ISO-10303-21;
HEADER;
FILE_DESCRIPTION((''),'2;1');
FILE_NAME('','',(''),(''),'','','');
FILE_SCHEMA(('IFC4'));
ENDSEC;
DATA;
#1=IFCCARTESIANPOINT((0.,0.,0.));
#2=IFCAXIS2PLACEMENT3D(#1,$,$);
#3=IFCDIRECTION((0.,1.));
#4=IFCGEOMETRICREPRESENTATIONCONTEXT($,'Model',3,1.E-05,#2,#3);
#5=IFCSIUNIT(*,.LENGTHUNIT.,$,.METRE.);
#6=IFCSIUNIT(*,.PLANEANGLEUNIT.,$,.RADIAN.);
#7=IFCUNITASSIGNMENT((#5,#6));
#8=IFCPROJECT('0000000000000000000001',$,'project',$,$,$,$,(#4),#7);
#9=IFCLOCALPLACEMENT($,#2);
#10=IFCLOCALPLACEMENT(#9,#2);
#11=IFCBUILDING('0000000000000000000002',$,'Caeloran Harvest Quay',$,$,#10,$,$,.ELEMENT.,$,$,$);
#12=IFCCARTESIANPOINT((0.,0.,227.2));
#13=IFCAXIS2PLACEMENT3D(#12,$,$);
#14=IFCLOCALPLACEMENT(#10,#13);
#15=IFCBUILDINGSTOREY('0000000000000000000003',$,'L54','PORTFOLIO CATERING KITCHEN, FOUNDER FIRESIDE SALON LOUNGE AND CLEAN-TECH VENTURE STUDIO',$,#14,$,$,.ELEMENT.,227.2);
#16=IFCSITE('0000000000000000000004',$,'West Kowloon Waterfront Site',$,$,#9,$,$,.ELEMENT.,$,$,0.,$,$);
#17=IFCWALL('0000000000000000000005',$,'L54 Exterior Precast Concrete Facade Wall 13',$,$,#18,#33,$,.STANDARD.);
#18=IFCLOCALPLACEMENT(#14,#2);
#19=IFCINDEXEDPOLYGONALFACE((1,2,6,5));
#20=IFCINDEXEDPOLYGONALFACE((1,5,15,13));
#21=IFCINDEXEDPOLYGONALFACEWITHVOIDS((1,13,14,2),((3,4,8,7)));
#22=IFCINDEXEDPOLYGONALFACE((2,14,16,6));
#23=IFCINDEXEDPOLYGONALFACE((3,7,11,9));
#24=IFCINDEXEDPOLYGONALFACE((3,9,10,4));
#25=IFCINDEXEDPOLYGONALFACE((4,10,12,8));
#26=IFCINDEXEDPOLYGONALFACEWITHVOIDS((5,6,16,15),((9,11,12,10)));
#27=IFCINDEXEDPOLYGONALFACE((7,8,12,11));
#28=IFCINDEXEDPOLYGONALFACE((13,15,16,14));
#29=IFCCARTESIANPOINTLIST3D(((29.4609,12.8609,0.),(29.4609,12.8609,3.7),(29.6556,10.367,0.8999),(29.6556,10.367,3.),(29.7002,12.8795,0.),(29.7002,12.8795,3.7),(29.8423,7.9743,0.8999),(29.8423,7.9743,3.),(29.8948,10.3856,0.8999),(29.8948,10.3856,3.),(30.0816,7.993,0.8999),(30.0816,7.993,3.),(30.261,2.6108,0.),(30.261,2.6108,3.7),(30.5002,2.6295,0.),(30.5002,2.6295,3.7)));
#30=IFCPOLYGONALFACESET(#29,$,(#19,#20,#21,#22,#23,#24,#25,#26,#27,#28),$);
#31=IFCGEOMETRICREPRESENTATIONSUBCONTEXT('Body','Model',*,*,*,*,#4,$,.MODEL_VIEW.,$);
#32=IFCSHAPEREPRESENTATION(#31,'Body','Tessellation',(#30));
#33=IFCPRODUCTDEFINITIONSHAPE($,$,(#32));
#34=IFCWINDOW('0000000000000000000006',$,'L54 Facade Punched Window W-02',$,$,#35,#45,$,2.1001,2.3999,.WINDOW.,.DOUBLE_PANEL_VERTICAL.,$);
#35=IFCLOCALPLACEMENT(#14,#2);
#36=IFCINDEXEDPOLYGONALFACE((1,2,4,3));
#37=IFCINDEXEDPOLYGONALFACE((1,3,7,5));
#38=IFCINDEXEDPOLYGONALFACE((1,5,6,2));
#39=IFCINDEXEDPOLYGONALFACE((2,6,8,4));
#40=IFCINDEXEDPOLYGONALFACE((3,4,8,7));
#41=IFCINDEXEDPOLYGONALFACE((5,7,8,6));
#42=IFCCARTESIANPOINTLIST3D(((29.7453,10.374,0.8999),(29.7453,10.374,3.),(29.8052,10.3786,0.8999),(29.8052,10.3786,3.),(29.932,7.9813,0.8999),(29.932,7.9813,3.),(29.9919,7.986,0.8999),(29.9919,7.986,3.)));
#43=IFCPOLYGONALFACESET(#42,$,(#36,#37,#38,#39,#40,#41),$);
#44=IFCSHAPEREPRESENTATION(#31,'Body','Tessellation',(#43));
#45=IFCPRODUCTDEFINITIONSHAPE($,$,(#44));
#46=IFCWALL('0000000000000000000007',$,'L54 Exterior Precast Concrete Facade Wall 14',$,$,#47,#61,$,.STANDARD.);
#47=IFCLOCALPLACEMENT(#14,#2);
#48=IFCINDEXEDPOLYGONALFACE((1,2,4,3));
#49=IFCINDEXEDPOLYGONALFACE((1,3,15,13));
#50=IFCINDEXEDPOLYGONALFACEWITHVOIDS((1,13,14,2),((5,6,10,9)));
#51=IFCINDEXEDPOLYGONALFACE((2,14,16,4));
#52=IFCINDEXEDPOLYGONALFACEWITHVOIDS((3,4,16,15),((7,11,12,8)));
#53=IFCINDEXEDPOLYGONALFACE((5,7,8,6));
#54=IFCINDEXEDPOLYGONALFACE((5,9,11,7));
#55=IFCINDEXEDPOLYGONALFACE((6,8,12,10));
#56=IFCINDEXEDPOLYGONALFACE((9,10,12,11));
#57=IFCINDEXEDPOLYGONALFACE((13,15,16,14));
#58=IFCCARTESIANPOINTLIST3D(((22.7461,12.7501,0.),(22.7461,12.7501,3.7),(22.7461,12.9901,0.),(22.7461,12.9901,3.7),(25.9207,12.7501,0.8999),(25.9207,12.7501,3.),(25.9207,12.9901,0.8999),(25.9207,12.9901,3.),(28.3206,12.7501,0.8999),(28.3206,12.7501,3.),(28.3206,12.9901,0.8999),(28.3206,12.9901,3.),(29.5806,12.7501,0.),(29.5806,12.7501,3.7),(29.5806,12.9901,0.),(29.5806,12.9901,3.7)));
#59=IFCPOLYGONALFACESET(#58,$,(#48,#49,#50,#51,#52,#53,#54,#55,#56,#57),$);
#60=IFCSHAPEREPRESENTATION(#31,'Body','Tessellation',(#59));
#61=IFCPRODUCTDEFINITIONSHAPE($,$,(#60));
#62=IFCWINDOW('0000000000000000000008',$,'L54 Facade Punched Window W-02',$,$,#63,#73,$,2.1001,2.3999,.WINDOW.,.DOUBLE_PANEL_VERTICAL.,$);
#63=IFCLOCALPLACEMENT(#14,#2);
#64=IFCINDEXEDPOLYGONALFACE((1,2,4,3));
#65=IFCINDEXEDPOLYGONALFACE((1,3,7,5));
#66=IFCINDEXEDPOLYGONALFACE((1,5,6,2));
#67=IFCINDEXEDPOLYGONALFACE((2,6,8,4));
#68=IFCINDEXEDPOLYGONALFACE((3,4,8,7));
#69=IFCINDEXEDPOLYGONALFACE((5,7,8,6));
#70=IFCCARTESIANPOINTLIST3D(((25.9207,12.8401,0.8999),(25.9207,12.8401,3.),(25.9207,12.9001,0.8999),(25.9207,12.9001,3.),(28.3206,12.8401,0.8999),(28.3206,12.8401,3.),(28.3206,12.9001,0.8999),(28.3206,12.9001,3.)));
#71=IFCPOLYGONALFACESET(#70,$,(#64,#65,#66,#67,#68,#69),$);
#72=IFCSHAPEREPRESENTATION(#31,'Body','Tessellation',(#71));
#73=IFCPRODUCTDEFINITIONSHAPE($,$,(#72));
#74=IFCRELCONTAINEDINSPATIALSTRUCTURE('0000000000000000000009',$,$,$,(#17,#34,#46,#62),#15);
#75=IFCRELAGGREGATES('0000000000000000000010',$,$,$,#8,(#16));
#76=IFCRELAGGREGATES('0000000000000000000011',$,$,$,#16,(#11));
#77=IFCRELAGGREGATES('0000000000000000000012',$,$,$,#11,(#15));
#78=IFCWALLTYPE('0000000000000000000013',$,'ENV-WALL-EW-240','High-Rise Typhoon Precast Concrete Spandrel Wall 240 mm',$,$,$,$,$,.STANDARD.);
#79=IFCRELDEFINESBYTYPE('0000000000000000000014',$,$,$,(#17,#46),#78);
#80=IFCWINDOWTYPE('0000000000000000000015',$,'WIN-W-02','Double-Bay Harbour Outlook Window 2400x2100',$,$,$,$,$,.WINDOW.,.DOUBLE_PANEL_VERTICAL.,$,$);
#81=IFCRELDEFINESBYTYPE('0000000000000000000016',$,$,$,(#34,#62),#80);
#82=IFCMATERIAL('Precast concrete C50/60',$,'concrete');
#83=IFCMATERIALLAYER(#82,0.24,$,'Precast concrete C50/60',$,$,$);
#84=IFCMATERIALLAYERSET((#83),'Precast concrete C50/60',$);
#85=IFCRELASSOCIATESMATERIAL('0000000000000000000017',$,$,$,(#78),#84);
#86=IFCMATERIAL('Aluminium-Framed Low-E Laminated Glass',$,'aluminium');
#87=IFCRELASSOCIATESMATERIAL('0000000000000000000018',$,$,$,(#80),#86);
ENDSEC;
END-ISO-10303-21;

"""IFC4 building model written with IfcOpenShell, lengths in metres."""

from ifc_helpers import new_model, si_unit, direction, frame, frame_2d, origin, place, context, subcontext, project, spatial, rectangle, extrude, material, layer, layer_set, type_object, element, fill, save


model = new_model("IFC4")

# Units and contexts
model_context = context("Model", 3, precision=1e-05, world=origin(), true_north=direction((0.0, 1.0)))
body_context = subcontext(model_context, "Body", "Model", "MODEL_VIEW")
ifc_project = project(units=[si_unit("LENGTHUNIT", "METRE"), si_unit("PLANEANGLEUNIT", "RADIAN")], contexts=[model_context])

# Site, building, storey
site_placement = place(None, origin())
site = spatial("IfcSite", under=ifc_project, at=site_placement, Name="West Kowloon Waterfront Site", CompositionType="ELEMENT", RefElevation=0.0)
building_placement = place(site_placement, origin())
building = spatial("IfcBuilding", under=site, at=building_placement, Name="Caeloran Harvest Quay", CompositionType="ELEMENT")
storey_placement = place(building_placement, frame((0.0, 0.0, 227.2)))
storey = spatial("IfcBuildingStorey", under=building, at=storey_placement, Name="L54", Description="PORTFOLIO CATERING KITCHEN, FOUNDER FIRESIDE SALON LOUNGE AND CLEAN-TECH VENTURE STUDIO", CompositionType="ELEMENT", Elevation=227.2)

# Walls, openings, windows
ifc_material_1 = material(Name="Precast concrete C50/60", Category="concrete")
ifc_layer = layer(ifc_material_1, 0.24, Name="Precast concrete C50/60")
ifc_layer_set = layer_set([ifc_layer], Name="Precast concrete C50/60")
wall_type = type_object("IfcWallType", Name="ENV-WALL-EW-240", Description="High-Rise Typhoon Precast Concrete Spandrel Wall 240 mm", PredefinedType="STANDARD", material=ifc_layer_set)
wall_1_placement = place(storey_placement, frame((30.3806, 2.6201, 0.0), z_axis=(0.0, 0.0, 1.0), x_axis=(-0.077817, 0.996968, 0.0)))
wall_1 = element("IfcWall", 1, at=wall_1_placement, inside=storey, type_object=wall_type, Name="L54 Exterior Precast Concrete Facade Wall 13", PredefinedType="STANDARD", context=body_context, shape_type="SweptSolid", body=[
    extrude(rectangle(XDim=10.2812, YDim=0.24, at=frame_2d((5.1406, 0.0))), origin(), (0.0, 0.0, 1.0), 3.7),
])
opening_1_placement = place(wall_1_placement, frame((5.3799, 0.0, 0.8999)))
opening_1 = element("IfcOpeningElement", 2, at=opening_1_placement, cuts=wall_1, PredefinedType="OPENING", context=body_context, shape_type="SweptSolid", body=[
    extrude(rectangle(XDim=2.3999, YDim=2.1001, at=frame_2d((1.2, 1.05))), frame((0.0, 0.1299, 0.0), z_axis=(0.0, -1.0, 0.0), x_axis=(1.0, 0.0, 0.0)), (0.0, 0.0, 1.0), 0.26),
])
ifc_material_2 = material(Name="Aluminium-Framed Low-E Laminated Glass", Category="aluminium")
window_type = type_object("IfcWindowType", Name="WIN-W-02", Description="Double-Bay Harbour Outlook Window 2400x2100", PartitioningType="DOUBLE_PANEL_VERTICAL", PredefinedType="WINDOW", material=ifc_material_2)
window_1_placement = place(opening_1_placement, origin())
window_1 = element("IfcWindow", 3, at=window_1_placement, inside=storey, type_object=window_type, Name="L54 Facade Punched Window W-02", OverallHeight=2.1001, OverallWidth=2.3999, PartitioningType="DOUBLE_PANEL_VERTICAL", PredefinedType="WINDOW", context=body_context, shape_type="SweptSolid", body=[
    extrude(rectangle(XDim=2.3999, YDim=2.1001, at=frame_2d((1.2, 1.05))), frame((0.0, 0.03, 0.0), z_axis=(0.0, -1.0, 0.0), x_axis=(1.0, 0.0, 0.0)), (0.0, 0.0, 1.0), 0.0601),
])
fill(opening_1, window_1)
wall_2_placement = place(storey_placement, frame((29.5806, 12.8701, 0.0), z_axis=(0.0, 0.0, 1.0), x_axis=(-1.0, 0.0, 0.0)))
wall_2 = element("IfcWall", 4, at=wall_2_placement, inside=storey, type_object=wall_type, Name="L54 Exterior Precast Concrete Facade Wall 14", PredefinedType="STANDARD", context=body_context, shape_type="SweptSolid", body=[
    extrude(rectangle(XDim=6.8345, YDim=0.24, at=frame_2d((3.4172, 0.0))), origin(), (0.0, 0.0, 1.0), 3.7),
])
opening_2_placement = place(wall_2_placement, frame((1.26, 0.0, 0.8999)))
opening_2 = element("IfcOpeningElement", 5, at=opening_2_placement, cuts=wall_2, PredefinedType="OPENING", context=body_context, shape_type="SweptSolid", body=[
    extrude(rectangle(XDim=2.3999, YDim=2.1001, at=frame_2d((1.2, 1.05))), frame((0.0, 0.1299, 0.0), z_axis=(0.0, -1.0, 0.0), x_axis=(1.0, 0.0, 0.0)), (0.0, 0.0, 1.0), 0.26),
])
window_2_placement = place(opening_2_placement, origin())
window_2 = element("IfcWindow", 6, at=window_2_placement, inside=storey, type_object=window_type, Name="L54 Facade Punched Window W-02", OverallHeight=2.1001, OverallWidth=2.3999, PartitioningType="DOUBLE_PANEL_VERTICAL", PredefinedType="WINDOW", context=body_context, shape_type="SweptSolid", body=[
    extrude(rectangle(XDim=2.3999, YDim=2.1001, at=frame_2d((1.2, 1.05))), frame((0.0, 0.03, 0.0), z_axis=(0.0, -1.0, 0.0), x_axis=(1.0, 0.0, 0.0)), (0.0, 0.0, 1.0), 0.0601),
])
fill(opening_2, window_2)

save(model, "model.ifc")
